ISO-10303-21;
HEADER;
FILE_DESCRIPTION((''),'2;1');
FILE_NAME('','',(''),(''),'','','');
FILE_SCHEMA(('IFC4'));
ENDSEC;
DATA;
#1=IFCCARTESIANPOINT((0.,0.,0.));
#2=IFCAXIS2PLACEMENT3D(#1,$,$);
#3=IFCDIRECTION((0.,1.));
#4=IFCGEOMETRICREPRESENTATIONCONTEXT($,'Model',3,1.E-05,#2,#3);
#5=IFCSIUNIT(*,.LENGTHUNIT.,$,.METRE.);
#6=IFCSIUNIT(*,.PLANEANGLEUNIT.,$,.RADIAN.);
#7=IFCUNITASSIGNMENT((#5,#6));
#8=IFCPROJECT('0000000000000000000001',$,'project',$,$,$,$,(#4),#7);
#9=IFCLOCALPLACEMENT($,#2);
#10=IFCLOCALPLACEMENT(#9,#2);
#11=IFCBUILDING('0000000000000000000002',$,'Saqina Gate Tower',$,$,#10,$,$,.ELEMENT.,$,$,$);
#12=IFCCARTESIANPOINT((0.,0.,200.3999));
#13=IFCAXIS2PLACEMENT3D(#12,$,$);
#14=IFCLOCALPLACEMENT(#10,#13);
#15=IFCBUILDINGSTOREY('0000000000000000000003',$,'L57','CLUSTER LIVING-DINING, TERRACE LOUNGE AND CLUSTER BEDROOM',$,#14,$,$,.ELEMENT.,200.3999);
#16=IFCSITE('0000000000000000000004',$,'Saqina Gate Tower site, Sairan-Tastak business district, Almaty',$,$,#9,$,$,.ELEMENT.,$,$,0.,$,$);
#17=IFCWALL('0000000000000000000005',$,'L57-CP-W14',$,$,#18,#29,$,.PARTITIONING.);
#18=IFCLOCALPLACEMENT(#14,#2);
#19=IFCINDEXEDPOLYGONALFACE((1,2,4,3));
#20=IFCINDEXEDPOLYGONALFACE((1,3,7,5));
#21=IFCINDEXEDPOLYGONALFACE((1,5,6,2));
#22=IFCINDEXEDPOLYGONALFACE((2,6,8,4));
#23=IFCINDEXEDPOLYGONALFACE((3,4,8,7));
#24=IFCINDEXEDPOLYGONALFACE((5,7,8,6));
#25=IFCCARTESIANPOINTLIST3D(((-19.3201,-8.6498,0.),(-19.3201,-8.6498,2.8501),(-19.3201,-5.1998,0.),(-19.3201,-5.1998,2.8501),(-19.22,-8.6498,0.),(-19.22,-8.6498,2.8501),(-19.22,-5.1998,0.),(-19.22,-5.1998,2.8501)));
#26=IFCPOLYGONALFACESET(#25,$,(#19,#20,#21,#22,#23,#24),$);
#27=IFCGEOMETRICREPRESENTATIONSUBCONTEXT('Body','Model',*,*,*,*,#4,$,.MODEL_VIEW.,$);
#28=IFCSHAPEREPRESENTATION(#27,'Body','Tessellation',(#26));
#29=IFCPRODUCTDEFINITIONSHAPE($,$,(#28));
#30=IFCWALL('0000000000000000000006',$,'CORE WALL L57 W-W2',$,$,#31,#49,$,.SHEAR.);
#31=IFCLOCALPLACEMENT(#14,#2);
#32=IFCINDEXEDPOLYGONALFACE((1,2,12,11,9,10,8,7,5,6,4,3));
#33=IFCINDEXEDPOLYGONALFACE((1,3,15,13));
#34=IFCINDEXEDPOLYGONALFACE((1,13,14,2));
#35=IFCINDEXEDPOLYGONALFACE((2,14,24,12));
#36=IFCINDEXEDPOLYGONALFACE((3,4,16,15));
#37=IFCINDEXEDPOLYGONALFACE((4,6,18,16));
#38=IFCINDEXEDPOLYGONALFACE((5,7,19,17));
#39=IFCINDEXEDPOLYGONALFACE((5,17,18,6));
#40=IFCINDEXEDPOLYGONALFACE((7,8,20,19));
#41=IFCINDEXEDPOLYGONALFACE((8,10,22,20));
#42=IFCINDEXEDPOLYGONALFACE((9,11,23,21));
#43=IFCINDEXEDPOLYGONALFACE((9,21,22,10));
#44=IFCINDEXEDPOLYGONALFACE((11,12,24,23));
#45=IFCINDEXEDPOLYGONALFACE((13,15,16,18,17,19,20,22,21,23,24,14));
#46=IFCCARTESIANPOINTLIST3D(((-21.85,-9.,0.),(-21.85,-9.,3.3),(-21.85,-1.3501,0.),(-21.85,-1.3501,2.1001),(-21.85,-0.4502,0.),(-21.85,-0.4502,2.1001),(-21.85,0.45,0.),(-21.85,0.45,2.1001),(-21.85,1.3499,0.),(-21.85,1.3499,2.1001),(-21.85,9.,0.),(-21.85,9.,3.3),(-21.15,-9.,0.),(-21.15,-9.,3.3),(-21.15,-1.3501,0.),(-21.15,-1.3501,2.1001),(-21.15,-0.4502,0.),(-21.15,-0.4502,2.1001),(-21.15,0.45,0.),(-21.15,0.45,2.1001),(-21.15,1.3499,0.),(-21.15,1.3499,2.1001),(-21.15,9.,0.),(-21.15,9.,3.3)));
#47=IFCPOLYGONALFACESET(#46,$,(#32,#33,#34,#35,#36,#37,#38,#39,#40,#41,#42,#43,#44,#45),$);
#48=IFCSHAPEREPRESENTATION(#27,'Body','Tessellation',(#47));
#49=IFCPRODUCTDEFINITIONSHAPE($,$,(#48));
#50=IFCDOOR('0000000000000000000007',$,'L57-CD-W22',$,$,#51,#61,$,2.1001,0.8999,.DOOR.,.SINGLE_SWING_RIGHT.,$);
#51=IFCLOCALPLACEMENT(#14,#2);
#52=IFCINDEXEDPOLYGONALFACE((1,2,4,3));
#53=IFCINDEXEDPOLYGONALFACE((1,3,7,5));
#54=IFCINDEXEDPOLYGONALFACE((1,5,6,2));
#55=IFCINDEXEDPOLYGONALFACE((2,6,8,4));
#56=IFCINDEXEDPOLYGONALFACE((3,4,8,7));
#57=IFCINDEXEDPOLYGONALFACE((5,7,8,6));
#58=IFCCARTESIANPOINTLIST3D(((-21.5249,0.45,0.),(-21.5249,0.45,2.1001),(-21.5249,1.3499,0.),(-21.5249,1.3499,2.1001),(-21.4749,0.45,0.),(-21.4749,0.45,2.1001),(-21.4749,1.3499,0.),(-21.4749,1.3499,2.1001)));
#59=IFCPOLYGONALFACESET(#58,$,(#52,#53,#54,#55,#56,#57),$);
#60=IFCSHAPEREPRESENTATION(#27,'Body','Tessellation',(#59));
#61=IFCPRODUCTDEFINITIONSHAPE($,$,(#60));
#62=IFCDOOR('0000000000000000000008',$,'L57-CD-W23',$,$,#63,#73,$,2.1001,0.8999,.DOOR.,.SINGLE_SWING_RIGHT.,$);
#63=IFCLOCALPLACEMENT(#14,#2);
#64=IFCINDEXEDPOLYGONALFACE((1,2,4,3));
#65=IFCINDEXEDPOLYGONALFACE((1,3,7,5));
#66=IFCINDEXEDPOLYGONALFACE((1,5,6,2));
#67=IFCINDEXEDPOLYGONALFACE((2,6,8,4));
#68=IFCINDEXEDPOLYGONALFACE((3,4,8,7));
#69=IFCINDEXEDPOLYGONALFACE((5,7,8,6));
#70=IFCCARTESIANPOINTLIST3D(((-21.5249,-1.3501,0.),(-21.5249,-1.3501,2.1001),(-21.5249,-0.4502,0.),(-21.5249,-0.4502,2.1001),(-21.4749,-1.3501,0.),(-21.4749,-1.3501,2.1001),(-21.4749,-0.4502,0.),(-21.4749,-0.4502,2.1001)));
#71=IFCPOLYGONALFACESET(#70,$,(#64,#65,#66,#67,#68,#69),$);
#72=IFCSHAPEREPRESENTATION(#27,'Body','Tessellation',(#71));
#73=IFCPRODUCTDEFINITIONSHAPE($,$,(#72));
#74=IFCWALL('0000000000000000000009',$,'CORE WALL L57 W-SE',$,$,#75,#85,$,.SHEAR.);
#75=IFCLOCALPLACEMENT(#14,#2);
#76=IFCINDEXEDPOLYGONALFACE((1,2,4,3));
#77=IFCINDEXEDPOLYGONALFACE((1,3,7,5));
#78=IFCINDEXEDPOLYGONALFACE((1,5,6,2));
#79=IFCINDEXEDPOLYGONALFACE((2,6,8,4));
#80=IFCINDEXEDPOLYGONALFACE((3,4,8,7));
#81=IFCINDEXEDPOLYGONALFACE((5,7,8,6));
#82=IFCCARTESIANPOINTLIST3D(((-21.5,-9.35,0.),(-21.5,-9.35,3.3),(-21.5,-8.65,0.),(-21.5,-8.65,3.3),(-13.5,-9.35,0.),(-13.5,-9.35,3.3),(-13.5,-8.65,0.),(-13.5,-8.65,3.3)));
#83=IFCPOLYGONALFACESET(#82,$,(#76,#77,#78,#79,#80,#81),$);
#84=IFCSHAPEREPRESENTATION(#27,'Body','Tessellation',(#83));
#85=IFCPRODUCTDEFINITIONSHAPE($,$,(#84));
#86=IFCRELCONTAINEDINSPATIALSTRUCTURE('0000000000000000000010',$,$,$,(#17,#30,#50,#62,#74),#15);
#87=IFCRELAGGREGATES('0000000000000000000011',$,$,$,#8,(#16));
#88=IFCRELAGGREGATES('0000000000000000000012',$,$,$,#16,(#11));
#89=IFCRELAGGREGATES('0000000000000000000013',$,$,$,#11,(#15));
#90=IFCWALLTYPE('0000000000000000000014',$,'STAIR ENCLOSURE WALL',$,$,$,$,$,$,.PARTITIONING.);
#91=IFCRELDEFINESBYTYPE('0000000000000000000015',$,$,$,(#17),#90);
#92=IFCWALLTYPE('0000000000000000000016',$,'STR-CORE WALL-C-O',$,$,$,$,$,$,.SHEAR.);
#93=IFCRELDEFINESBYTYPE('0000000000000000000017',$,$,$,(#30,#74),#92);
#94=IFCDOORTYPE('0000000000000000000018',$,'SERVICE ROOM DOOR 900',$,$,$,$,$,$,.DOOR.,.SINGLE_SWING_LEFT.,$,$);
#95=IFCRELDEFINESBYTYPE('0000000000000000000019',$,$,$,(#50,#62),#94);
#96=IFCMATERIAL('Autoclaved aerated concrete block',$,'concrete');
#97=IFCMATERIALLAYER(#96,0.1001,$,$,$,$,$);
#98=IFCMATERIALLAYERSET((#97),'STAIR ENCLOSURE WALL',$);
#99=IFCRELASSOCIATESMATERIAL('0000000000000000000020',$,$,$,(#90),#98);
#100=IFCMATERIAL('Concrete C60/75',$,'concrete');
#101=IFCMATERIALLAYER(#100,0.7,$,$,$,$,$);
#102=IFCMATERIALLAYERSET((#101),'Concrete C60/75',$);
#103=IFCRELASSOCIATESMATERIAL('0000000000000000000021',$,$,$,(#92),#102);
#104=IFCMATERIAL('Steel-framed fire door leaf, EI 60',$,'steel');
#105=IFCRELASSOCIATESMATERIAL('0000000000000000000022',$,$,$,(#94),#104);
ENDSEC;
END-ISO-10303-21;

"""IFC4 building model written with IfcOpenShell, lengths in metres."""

from ifc_helpers import new_model, si_unit, direction, frame, frame_2d, origin, place, context, subcontext, project, spatial, rectangle, extrude, material, layer, layer_set, type_object, element, fill, save


model = new_model("IFC4")

# Units and contexts
model_context = context("Model", 3, precision=1e-05, world=origin(), true_north=direction((0.0, 1.0)))
body_context = subcontext(model_context, "Body", "Model", "MODEL_VIEW")
ifc_project = project(units=[si_unit("LENGTHUNIT", "METRE"), si_unit("PLANEANGLEUNIT", "RADIAN")], contexts=[model_context])

# Site, building, storey
site_placement = place(None, origin())
site = spatial("IfcSite", under=ifc_project, at=site_placement, Name="Saqina Gate Tower site, Sairan-Tastak business district, Almaty", CompositionType="ELEMENT", RefElevation=0.0)
building_placement = place(site_placement, origin())
building = spatial("IfcBuilding", under=site, at=building_placement, Name="Saqina Gate Tower", CompositionType="ELEMENT")
storey_placement = place(building_placement, frame((0.0, 0.0, 200.3999)))
storey = spatial("IfcBuildingStorey", under=building, at=storey_placement, Name="L57", Description="CLUSTER LIVING-DINING, TERRACE LOUNGE AND CLUSTER BEDROOM", CompositionType="ELEMENT", Elevation=200.3999)

# Wall
ifc_material_1 = material(Name="Autoclaved aerated concrete block", Category="concrete")
ifc_layer_1 = layer(ifc_material_1, 0.1001)
ifc_layer_set_1 = layer_set([ifc_layer_1], Name="STAIR ENCLOSURE WALL")
wall_type_1 = type_object("IfcWallType", Name="STAIR ENCLOSURE WALL", PredefinedType="PARTITIONING", material=ifc_layer_set_1)
wall_1_placement = place(storey_placement, frame((-19.27, -8.6499, 0.0), z_axis=(0.0, 0.0, 1.0), x_axis=(0.0, 1.0, 0.0)))
element("IfcWall", 1, at=wall_1_placement, inside=storey, type_object=wall_type_1, Name="L57-CP-W14", PredefinedType="PARTITIONING", context=body_context, shape_type="SweptSolid", body=[
    extrude(rectangle(XDim=3.45, YDim=0.1001, at=frame_2d((1.7251, 0.0))), origin(), (0.0, 0.0, 1.0), 2.8501),
])

# Wall, openings, doors
ifc_material_2 = material(Name="Concrete C60/75", Category="concrete")
ifc_layer_2 = layer(ifc_material_2, 0.7)
ifc_layer_set_2 = layer_set([ifc_layer_2], Name="Concrete C60/75")
wall_type_2 = type_object("IfcWallType", Name="STR-CORE WALL-C-O", PredefinedType="SHEAR", material=ifc_layer_set_2)
wall_2_placement = place(storey_placement, frame((-21.5, -9.0, 0.0), z_axis=(0.0, 0.0, 1.0), x_axis=(0.0, 1.0, 0.0)))
wall_2 = element("IfcWall", 2, at=wall_2_placement, inside=storey, type_object=wall_type_2, Name="CORE WALL L57 W-W2", PredefinedType="SHEAR", context=body_context, shape_type="SweptSolid", body=[
    extrude(rectangle(XDim=18.0, YDim=0.7, at=frame_2d((9.0, 0.0))), origin(), (0.0, 0.0, 1.0), 3.3),
])
opening_1_placement = place(wall_2_placement, frame((9.45, 0.0, 0.0)))
opening_1 = element("IfcOpeningElement", 3, at=opening_1_placement, cuts=wall_2, PredefinedType="OPENING", context=body_context, shape_type="SweptSolid", body=[
    extrude(rectangle(XDim=0.8999, YDim=2.1001, at=frame_2d((0.45, 1.05))), frame((0.0, 0.3621, 0.0), z_axis=(0.0, -1.0, 0.0), x_axis=(1.0, 0.0, 0.0)), (0.0, 0.0, 1.0), 0.7239),
])
opening_2_placement = place(wall_2_placement, frame((7.6499, 0.0, 0.0)))
opening_2 = element("IfcOpeningElement", 4, at=opening_2_placement, cuts=wall_2, PredefinedType="OPENING", context=body_context, shape_type="SweptSolid", body=[
    extrude(rectangle(XDim=0.8999, YDim=2.1001, at=frame_2d((0.45, 1.05))), frame((0.0, 0.3621, 0.0), z_axis=(0.0, -1.0, 0.0), x_axis=(1.0, 0.0, 0.0)), (0.0, 0.0, 1.0), 0.7239),
])
ifc_material_3 = material(Name="Steel-framed fire door leaf, EI 60", Category="steel")
door_type_1 = type_object("IfcDoorType", Name="SERVICE ROOM DOOR 900", OperationType="SINGLE_SWING_LEFT", PredefinedType="DOOR", material=ifc_material_3)
door_1_placement = place(opening_1_placement, origin())
door_1 = element("IfcDoor", 5, at=door_1_placement, inside=storey, type_object=door_type_1, Name="L57-CD-W22", OperationType="SINGLE_SWING_RIGHT", OverallHeight=2.1001, OverallWidth=0.8999, PredefinedType="DOOR", context=body_context, shape_type="SweptSolid", body=[
    extrude(rectangle(XDim=0.8999, YDim=2.1001, at=frame_2d((0.45, 1.05))), frame((0.0, 0.0249, 0.0), z_axis=(0.0, -1.0, 0.0), x_axis=(1.0, 0.0, 0.0)), (0.0, 0.0, 1.0), 0.05),
])
fill(opening_1, door_1)
door_2_placement = place(opening_2_placement, origin())
door_2 = element("IfcDoor", 6, at=door_2_placement, inside=storey, type_object=door_type_1, Name="L57-CD-W23", OperationType="SINGLE_SWING_RIGHT", OverallHeight=2.1001, OverallWidth=0.8999, PredefinedType="DOOR", context=body_context, shape_type="SweptSolid", body=[
    extrude(rectangle(XDim=0.8999, YDim=2.1001, at=frame_2d((0.45, 1.05))), frame((0.0, 0.0249, 0.0), z_axis=(0.0, -1.0, 0.0), x_axis=(1.0, 0.0, 0.0)), (0.0, 0.0, 1.0), 0.05),
])
fill(opening_2, door_2)

# Wall
wall_3_placement = place(storey_placement, frame((-13.5, -9.0, 0.0), z_axis=(0.0, 0.0, 1.0), x_axis=(-1.0, 0.0, 0.0)))
element("IfcWall", 7, at=wall_3_placement, inside=storey, type_object=wall_type_2, Name="CORE WALL L57 W-SE", PredefinedType="SHEAR", context=body_context, shape_type="SweptSolid", body=[
    extrude(rectangle(XDim=8.0, YDim=0.7, at=frame_2d((4.0, 0.0))), origin(), (0.0, 0.0, 1.0), 3.3),
])

save(model, "model.ifc")
